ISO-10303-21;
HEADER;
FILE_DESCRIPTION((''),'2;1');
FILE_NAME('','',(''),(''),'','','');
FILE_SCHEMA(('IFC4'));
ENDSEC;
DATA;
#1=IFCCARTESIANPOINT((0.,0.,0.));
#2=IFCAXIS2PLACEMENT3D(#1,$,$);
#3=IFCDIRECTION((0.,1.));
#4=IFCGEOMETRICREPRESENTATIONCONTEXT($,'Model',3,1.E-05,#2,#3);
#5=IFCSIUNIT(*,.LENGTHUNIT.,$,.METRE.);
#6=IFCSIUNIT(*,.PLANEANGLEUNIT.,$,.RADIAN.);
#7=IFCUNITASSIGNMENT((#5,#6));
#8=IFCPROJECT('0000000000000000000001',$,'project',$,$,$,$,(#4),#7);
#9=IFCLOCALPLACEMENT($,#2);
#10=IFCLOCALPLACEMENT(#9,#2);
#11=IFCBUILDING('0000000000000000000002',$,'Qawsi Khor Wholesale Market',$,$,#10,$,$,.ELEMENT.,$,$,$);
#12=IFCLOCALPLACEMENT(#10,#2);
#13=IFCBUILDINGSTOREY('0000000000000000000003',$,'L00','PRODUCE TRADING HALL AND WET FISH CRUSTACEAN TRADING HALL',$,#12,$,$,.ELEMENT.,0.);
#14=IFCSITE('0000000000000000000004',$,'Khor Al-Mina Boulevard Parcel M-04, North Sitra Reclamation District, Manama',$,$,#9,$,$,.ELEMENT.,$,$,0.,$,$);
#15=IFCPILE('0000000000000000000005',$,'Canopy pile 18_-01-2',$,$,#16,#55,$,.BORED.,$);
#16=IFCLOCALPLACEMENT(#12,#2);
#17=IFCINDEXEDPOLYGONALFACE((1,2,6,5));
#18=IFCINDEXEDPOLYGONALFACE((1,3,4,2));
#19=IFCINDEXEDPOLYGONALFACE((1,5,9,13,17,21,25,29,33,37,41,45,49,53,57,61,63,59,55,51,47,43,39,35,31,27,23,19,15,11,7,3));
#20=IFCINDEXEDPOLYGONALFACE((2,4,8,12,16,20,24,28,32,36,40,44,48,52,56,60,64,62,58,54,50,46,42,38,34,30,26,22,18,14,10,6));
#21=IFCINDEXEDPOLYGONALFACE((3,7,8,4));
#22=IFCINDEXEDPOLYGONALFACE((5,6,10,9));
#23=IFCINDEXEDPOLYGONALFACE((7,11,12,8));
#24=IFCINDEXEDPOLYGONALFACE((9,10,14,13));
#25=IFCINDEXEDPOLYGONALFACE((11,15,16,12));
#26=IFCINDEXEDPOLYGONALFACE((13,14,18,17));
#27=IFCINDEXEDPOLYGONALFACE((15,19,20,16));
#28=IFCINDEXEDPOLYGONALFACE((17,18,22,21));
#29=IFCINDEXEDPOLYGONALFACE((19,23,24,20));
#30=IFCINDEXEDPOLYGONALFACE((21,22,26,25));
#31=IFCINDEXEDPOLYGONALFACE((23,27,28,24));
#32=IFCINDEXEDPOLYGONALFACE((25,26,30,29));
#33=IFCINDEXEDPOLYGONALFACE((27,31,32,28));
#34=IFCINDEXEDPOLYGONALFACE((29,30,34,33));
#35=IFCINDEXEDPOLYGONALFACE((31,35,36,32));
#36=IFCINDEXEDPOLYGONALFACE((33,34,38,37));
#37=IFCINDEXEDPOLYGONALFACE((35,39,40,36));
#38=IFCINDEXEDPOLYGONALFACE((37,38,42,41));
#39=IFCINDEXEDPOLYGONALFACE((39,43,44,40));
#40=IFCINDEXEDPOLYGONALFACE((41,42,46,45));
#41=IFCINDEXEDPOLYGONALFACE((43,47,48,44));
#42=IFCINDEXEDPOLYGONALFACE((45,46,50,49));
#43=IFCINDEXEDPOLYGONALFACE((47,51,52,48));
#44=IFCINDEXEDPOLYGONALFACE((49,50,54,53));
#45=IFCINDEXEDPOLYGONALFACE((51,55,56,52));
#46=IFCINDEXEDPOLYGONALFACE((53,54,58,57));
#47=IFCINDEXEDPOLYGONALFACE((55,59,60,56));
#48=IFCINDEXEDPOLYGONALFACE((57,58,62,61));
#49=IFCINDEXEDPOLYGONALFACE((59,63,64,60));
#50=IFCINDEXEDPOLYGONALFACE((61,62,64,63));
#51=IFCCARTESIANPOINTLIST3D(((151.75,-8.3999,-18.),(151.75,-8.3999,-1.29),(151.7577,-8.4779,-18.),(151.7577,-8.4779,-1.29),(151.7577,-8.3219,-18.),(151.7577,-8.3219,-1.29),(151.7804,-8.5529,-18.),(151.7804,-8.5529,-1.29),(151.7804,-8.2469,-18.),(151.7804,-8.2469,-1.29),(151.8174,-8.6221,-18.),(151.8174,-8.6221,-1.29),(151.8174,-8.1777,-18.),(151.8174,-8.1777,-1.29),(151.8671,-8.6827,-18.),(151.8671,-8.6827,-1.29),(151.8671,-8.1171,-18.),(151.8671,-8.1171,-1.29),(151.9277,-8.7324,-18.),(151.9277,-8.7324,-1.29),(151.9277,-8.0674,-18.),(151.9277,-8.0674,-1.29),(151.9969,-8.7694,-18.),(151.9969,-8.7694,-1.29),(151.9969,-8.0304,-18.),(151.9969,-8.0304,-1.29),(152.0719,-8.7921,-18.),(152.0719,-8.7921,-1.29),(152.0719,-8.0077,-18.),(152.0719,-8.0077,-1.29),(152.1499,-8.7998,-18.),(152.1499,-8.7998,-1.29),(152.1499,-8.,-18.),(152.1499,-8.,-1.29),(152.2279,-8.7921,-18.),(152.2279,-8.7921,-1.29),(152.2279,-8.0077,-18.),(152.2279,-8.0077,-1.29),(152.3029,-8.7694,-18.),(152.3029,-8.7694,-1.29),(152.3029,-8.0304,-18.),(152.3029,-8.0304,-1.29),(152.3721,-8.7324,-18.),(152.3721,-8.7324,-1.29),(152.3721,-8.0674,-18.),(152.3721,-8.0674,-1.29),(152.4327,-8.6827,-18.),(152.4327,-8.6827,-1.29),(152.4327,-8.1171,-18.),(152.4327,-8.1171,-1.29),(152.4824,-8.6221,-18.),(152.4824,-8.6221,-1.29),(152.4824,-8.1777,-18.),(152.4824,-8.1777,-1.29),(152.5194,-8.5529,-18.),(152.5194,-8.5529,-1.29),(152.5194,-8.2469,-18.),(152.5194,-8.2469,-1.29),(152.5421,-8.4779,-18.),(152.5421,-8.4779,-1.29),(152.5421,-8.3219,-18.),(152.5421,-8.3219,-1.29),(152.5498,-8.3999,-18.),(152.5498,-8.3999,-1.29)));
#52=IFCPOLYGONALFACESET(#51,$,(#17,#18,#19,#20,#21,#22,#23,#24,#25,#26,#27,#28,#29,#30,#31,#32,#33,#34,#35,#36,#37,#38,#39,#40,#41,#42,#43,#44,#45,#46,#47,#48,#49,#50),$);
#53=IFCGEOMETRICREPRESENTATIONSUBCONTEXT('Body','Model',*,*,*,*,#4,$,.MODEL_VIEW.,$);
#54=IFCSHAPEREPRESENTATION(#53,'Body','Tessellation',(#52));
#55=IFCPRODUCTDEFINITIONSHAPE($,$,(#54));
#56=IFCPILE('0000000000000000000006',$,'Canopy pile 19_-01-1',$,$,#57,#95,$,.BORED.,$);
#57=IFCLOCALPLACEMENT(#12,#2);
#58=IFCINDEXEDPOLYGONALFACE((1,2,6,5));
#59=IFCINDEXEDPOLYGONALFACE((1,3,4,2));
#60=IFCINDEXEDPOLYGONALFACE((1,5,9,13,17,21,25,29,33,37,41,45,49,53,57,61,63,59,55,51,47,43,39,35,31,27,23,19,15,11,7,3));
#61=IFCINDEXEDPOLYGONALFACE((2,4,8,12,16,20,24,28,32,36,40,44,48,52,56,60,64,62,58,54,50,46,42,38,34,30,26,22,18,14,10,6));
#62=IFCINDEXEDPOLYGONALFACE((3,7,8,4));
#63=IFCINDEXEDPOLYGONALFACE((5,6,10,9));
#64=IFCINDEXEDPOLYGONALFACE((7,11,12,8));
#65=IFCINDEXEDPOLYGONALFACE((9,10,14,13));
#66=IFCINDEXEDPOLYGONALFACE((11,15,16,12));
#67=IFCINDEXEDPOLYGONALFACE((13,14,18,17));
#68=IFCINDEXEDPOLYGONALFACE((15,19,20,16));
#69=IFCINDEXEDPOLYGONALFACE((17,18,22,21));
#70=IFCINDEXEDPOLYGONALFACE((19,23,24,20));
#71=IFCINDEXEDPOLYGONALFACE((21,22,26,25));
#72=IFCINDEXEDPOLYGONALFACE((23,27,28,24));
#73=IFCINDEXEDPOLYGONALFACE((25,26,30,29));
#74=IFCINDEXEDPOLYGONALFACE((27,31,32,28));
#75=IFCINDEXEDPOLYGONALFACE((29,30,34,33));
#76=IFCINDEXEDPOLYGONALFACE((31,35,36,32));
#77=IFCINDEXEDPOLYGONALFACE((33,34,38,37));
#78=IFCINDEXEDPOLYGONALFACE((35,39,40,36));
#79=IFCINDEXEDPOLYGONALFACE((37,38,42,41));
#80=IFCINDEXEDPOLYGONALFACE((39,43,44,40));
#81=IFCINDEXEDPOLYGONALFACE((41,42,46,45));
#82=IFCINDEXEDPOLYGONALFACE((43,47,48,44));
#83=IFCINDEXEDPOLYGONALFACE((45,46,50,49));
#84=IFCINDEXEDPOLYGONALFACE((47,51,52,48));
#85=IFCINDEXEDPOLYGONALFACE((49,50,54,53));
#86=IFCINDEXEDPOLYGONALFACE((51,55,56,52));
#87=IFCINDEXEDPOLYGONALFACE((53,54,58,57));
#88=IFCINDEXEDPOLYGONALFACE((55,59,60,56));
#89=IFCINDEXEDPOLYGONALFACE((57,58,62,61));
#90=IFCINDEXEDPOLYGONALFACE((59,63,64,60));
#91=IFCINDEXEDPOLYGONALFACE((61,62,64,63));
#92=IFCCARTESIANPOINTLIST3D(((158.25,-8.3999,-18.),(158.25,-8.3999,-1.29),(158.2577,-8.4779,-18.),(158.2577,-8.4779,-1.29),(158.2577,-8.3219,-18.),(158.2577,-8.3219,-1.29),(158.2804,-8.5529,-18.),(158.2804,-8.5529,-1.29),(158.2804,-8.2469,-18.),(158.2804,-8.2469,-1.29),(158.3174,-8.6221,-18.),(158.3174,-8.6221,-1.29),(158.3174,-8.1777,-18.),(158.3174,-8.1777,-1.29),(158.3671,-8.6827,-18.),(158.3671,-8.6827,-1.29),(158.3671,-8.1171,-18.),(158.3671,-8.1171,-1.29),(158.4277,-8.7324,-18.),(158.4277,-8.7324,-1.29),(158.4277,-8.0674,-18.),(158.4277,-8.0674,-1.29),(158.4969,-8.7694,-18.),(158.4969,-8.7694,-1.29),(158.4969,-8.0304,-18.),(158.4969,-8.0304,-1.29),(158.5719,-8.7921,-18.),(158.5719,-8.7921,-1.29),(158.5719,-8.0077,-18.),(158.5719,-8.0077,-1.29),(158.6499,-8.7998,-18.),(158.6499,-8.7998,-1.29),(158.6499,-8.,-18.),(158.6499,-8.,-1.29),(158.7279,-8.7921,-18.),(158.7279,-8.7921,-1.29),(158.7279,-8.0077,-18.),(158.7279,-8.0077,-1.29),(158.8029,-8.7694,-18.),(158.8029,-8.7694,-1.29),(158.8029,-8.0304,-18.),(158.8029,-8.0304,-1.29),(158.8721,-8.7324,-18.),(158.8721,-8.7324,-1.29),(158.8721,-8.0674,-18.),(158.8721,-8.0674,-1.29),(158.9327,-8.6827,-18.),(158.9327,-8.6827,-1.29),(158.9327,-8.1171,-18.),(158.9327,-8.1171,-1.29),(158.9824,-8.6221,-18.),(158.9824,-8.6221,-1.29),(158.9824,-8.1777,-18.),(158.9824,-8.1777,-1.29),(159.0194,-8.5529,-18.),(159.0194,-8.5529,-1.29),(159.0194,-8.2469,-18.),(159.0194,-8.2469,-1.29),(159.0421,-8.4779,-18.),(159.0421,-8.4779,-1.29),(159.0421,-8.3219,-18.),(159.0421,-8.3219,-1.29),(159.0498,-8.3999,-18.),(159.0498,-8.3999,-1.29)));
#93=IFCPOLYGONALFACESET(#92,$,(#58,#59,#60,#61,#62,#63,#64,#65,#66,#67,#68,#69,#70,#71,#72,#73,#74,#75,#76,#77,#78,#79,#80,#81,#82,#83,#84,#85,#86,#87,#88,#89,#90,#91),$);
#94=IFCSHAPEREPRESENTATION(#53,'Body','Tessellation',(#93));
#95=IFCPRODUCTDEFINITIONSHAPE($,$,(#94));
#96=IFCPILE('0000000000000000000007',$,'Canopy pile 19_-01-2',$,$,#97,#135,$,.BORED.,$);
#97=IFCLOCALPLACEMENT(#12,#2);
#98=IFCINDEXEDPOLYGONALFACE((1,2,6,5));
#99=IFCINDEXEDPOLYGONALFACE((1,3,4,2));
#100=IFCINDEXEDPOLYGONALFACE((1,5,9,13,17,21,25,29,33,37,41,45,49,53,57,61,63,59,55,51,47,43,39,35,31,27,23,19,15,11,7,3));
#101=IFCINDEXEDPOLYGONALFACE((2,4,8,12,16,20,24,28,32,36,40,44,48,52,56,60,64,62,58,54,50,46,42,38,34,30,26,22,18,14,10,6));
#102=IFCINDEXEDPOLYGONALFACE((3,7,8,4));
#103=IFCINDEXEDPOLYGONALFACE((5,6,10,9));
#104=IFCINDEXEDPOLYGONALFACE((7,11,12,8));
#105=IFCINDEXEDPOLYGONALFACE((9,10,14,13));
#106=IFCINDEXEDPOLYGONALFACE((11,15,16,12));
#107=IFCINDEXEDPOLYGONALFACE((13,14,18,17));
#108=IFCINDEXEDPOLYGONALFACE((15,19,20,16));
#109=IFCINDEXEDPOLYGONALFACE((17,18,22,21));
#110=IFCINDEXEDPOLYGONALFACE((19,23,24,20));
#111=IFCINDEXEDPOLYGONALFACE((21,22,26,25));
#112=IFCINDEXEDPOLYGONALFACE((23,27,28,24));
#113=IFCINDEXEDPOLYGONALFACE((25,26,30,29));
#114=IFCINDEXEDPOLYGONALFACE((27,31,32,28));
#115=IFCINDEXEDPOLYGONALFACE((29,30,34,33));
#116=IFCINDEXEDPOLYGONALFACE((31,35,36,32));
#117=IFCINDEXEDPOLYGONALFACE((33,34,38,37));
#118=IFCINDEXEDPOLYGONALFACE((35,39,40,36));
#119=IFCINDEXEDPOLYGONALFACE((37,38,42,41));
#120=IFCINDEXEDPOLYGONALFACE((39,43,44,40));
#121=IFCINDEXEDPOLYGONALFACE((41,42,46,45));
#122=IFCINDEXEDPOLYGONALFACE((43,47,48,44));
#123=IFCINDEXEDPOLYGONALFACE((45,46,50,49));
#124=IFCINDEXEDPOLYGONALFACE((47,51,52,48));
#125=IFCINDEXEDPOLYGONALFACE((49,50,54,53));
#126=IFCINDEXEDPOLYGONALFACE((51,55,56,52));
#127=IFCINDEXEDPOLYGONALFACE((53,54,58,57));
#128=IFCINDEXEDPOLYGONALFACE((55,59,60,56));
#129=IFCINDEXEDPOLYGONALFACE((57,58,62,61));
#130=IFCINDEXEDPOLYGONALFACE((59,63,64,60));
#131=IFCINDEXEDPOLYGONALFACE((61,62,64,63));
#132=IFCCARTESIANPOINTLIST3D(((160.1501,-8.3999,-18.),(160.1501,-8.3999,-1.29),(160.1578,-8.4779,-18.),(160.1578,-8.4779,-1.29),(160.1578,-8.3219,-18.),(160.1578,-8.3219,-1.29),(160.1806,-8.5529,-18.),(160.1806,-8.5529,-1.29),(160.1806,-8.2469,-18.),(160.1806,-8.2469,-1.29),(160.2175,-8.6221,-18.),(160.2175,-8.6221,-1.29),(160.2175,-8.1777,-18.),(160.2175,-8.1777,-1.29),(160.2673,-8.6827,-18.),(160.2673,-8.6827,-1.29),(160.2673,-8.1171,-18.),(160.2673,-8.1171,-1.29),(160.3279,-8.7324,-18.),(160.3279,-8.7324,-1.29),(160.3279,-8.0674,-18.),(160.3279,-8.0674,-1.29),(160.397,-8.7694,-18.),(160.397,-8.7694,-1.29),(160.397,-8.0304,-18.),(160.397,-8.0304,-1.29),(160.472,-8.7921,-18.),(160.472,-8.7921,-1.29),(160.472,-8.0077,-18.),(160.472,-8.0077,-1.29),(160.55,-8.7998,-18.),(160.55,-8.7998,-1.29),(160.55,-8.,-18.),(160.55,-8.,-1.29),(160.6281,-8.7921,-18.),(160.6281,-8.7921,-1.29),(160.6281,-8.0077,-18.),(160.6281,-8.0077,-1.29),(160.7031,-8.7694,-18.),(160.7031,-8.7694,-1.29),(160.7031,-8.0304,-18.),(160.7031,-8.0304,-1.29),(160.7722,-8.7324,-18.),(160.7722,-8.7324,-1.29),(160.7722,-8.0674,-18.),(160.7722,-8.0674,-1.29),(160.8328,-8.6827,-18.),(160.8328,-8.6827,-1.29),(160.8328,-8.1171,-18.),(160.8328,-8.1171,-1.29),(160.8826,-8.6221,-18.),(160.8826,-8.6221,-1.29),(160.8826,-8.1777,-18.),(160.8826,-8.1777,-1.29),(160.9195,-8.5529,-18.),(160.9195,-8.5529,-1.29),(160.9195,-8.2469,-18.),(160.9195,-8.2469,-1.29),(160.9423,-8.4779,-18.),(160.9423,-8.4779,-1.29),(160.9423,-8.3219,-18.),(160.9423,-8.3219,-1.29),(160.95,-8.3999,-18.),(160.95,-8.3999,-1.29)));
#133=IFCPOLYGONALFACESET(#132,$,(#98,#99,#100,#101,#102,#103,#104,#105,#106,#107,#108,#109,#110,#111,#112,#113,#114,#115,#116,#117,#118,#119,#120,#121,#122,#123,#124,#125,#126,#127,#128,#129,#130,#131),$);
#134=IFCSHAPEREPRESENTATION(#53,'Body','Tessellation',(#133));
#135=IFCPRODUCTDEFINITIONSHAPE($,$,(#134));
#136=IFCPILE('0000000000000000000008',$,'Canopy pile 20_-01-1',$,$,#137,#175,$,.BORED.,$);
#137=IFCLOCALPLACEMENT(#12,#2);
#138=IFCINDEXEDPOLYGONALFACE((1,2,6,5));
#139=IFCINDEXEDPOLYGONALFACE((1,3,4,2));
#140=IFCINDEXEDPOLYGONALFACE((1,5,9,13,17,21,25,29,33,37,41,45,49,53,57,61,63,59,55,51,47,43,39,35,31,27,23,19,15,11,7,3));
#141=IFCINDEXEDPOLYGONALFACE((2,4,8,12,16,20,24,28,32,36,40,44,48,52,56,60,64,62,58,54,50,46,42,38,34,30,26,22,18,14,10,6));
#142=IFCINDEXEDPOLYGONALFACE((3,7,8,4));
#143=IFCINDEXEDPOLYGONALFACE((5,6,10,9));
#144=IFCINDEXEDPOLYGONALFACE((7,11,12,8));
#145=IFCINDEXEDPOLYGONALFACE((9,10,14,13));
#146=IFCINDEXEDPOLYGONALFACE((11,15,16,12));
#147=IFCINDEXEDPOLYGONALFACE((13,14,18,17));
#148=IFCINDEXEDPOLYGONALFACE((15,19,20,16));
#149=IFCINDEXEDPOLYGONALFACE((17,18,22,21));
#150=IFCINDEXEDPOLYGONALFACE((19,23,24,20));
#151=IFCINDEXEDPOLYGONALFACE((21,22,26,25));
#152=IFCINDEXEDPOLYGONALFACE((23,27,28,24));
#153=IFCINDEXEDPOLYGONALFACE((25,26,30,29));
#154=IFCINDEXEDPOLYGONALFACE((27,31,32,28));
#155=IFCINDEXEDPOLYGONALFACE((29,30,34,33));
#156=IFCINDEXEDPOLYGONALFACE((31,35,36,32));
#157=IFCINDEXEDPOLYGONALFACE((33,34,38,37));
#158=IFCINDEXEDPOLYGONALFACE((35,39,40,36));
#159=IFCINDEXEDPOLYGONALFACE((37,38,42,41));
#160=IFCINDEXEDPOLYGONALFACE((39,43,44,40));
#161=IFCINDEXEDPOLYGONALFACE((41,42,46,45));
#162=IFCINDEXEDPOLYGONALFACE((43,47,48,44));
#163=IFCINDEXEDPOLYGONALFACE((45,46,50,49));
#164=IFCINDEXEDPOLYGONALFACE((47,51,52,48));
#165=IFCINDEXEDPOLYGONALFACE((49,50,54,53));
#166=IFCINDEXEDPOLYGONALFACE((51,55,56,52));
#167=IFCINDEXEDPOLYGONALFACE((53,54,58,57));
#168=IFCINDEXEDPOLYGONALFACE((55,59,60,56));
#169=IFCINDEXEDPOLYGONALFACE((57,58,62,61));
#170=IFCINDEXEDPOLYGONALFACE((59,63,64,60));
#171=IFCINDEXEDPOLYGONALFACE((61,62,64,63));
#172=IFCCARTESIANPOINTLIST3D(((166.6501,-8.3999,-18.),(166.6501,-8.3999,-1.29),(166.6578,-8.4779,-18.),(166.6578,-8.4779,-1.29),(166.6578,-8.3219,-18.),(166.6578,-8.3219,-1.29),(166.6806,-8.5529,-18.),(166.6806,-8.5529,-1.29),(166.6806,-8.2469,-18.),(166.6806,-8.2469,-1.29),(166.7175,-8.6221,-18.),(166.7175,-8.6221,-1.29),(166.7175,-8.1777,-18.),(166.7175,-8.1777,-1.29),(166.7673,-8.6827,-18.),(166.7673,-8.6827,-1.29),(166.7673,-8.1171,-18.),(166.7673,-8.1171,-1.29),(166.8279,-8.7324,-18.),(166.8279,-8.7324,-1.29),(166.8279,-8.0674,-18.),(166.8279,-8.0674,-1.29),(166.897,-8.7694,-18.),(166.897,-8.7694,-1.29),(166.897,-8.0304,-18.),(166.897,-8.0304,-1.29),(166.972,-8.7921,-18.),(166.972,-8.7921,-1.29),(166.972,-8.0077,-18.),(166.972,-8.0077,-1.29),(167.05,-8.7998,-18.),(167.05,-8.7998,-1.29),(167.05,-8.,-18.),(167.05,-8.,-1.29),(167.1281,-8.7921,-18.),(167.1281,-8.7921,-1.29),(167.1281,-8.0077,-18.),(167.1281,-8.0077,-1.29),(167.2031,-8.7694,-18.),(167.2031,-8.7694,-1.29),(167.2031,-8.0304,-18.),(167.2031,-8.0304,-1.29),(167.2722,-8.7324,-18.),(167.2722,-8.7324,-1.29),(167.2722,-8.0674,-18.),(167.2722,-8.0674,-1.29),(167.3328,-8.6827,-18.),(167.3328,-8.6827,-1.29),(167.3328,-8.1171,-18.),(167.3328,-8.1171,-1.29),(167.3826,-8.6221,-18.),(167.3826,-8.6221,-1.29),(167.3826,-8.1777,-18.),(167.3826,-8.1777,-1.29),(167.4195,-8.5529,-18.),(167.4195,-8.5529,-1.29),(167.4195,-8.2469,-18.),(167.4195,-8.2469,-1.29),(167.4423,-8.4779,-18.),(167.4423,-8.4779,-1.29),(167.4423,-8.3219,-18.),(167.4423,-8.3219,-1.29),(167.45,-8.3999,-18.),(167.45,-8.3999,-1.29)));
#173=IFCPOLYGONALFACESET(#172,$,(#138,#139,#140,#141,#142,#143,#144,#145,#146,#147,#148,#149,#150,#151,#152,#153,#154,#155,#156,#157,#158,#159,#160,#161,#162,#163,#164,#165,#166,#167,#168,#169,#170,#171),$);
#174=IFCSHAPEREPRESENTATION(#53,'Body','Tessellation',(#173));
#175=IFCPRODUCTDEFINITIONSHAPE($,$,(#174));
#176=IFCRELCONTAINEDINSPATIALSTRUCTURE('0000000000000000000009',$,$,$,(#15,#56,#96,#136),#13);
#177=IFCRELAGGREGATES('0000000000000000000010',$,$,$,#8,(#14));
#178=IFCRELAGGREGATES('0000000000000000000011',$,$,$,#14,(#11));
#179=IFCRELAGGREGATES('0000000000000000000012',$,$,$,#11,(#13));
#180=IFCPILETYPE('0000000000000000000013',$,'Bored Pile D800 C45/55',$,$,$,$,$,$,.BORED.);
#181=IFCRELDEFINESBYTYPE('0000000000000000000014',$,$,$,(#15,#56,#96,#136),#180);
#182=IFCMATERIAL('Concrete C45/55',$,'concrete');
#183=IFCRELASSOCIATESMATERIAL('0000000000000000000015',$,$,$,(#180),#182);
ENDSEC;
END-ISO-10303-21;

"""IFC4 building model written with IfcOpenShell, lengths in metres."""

from ifc_helpers import new_model, si_unit, direction, frame, origin, origin_2d, place, context, subcontext, project, spatial, circle, extrude, material, material_profile, profile_set, type_object, element, save


model = new_model("IFC4")

# Units and contexts
model_context = context("Model", 3, precision=1e-05, world=origin(), true_north=direction((0.0, 1.0)))
body_context = subcontext(model_context, "Body", "Model", "MODEL_VIEW")
ifc_project = project(units=[si_unit("LENGTHUNIT", "METRE"), si_unit("PLANEANGLEUNIT", "RADIAN")], contexts=[model_context])

# Site, building, storey
site_placement = place(None, origin())
site = spatial("IfcSite", under=ifc_project, at=site_placement, Name="Khor Al-Mina Boulevard Parcel M-04, North Sitra Reclamation District, Manama", CompositionType="ELEMENT", RefElevation=0.0)
building_placement = place(site_placement, origin())
building = spatial("IfcBuilding", under=site, at=building_placement, Name="Qawsi Khor Wholesale Market", CompositionType="ELEMENT")
storey_placement = place(building_placement, origin())
storey = spatial("IfcBuildingStorey", under=building, at=storey_placement, Name="L00", Description="PRODUCE TRADING HALL AND WET FISH CRUSTACEAN TRADING HALL", CompositionType="ELEMENT", Elevation=0.0)

# Piles
ifc_material_1 = material(Name="Concrete C45/55", Category="concrete")
ifc_material_profile_1 = material_profile(ifc_material_1, circle(Radius=0.3999, at=origin_2d()), Name="PILE D800")
ifc_profile_set_1 = profile_set([ifc_material_profile_1], Name="Concrete C45/55")
pile_type_1 = type_object("IfcPileType", Name="Bored Pile D800 C45/55", PredefinedType="BORED", material=ifc_profile_set_1)
for number, where, z_axis, x_axis, name in (
    (1, (152.1499, -8.3999, -1.29), (0.0, 0.0, -1.0), (1.0, 0.0, 0.0), "Canopy pile 18_-01-2"),
    (2, (158.6499, -8.3999, -1.29), (0.0, 0.0, -1.0), (1.0, 0.0, 0.0), "Canopy pile 19_-01-1"),
    (3, (160.55, -8.3999, -1.29), (0.0, 0.0, -1.0), (1.0, 0.0, 0.0), "Canopy pile 19_-01-2"),
    (4, (167.05, -8.3999, -1.29), (0.0, 0.0, -1.0), (1.0, 0.0, 0.0), "Canopy pile 20_-01-1"),
):
    element("IfcPile", number, at=place(storey_placement, frame(where, z_axis=z_axis, x_axis=x_axis)), inside=storey, type_object=pile_type_1, Name=name, PredefinedType="BORED", context=body_context, shape_type="SweptSolid", body=[
        extrude(circle(Radius=0.3999, at=origin_2d()), origin(), (0.0, 0.0, 1.0), 16.71),
    ])

save(model, "model.ifc")
